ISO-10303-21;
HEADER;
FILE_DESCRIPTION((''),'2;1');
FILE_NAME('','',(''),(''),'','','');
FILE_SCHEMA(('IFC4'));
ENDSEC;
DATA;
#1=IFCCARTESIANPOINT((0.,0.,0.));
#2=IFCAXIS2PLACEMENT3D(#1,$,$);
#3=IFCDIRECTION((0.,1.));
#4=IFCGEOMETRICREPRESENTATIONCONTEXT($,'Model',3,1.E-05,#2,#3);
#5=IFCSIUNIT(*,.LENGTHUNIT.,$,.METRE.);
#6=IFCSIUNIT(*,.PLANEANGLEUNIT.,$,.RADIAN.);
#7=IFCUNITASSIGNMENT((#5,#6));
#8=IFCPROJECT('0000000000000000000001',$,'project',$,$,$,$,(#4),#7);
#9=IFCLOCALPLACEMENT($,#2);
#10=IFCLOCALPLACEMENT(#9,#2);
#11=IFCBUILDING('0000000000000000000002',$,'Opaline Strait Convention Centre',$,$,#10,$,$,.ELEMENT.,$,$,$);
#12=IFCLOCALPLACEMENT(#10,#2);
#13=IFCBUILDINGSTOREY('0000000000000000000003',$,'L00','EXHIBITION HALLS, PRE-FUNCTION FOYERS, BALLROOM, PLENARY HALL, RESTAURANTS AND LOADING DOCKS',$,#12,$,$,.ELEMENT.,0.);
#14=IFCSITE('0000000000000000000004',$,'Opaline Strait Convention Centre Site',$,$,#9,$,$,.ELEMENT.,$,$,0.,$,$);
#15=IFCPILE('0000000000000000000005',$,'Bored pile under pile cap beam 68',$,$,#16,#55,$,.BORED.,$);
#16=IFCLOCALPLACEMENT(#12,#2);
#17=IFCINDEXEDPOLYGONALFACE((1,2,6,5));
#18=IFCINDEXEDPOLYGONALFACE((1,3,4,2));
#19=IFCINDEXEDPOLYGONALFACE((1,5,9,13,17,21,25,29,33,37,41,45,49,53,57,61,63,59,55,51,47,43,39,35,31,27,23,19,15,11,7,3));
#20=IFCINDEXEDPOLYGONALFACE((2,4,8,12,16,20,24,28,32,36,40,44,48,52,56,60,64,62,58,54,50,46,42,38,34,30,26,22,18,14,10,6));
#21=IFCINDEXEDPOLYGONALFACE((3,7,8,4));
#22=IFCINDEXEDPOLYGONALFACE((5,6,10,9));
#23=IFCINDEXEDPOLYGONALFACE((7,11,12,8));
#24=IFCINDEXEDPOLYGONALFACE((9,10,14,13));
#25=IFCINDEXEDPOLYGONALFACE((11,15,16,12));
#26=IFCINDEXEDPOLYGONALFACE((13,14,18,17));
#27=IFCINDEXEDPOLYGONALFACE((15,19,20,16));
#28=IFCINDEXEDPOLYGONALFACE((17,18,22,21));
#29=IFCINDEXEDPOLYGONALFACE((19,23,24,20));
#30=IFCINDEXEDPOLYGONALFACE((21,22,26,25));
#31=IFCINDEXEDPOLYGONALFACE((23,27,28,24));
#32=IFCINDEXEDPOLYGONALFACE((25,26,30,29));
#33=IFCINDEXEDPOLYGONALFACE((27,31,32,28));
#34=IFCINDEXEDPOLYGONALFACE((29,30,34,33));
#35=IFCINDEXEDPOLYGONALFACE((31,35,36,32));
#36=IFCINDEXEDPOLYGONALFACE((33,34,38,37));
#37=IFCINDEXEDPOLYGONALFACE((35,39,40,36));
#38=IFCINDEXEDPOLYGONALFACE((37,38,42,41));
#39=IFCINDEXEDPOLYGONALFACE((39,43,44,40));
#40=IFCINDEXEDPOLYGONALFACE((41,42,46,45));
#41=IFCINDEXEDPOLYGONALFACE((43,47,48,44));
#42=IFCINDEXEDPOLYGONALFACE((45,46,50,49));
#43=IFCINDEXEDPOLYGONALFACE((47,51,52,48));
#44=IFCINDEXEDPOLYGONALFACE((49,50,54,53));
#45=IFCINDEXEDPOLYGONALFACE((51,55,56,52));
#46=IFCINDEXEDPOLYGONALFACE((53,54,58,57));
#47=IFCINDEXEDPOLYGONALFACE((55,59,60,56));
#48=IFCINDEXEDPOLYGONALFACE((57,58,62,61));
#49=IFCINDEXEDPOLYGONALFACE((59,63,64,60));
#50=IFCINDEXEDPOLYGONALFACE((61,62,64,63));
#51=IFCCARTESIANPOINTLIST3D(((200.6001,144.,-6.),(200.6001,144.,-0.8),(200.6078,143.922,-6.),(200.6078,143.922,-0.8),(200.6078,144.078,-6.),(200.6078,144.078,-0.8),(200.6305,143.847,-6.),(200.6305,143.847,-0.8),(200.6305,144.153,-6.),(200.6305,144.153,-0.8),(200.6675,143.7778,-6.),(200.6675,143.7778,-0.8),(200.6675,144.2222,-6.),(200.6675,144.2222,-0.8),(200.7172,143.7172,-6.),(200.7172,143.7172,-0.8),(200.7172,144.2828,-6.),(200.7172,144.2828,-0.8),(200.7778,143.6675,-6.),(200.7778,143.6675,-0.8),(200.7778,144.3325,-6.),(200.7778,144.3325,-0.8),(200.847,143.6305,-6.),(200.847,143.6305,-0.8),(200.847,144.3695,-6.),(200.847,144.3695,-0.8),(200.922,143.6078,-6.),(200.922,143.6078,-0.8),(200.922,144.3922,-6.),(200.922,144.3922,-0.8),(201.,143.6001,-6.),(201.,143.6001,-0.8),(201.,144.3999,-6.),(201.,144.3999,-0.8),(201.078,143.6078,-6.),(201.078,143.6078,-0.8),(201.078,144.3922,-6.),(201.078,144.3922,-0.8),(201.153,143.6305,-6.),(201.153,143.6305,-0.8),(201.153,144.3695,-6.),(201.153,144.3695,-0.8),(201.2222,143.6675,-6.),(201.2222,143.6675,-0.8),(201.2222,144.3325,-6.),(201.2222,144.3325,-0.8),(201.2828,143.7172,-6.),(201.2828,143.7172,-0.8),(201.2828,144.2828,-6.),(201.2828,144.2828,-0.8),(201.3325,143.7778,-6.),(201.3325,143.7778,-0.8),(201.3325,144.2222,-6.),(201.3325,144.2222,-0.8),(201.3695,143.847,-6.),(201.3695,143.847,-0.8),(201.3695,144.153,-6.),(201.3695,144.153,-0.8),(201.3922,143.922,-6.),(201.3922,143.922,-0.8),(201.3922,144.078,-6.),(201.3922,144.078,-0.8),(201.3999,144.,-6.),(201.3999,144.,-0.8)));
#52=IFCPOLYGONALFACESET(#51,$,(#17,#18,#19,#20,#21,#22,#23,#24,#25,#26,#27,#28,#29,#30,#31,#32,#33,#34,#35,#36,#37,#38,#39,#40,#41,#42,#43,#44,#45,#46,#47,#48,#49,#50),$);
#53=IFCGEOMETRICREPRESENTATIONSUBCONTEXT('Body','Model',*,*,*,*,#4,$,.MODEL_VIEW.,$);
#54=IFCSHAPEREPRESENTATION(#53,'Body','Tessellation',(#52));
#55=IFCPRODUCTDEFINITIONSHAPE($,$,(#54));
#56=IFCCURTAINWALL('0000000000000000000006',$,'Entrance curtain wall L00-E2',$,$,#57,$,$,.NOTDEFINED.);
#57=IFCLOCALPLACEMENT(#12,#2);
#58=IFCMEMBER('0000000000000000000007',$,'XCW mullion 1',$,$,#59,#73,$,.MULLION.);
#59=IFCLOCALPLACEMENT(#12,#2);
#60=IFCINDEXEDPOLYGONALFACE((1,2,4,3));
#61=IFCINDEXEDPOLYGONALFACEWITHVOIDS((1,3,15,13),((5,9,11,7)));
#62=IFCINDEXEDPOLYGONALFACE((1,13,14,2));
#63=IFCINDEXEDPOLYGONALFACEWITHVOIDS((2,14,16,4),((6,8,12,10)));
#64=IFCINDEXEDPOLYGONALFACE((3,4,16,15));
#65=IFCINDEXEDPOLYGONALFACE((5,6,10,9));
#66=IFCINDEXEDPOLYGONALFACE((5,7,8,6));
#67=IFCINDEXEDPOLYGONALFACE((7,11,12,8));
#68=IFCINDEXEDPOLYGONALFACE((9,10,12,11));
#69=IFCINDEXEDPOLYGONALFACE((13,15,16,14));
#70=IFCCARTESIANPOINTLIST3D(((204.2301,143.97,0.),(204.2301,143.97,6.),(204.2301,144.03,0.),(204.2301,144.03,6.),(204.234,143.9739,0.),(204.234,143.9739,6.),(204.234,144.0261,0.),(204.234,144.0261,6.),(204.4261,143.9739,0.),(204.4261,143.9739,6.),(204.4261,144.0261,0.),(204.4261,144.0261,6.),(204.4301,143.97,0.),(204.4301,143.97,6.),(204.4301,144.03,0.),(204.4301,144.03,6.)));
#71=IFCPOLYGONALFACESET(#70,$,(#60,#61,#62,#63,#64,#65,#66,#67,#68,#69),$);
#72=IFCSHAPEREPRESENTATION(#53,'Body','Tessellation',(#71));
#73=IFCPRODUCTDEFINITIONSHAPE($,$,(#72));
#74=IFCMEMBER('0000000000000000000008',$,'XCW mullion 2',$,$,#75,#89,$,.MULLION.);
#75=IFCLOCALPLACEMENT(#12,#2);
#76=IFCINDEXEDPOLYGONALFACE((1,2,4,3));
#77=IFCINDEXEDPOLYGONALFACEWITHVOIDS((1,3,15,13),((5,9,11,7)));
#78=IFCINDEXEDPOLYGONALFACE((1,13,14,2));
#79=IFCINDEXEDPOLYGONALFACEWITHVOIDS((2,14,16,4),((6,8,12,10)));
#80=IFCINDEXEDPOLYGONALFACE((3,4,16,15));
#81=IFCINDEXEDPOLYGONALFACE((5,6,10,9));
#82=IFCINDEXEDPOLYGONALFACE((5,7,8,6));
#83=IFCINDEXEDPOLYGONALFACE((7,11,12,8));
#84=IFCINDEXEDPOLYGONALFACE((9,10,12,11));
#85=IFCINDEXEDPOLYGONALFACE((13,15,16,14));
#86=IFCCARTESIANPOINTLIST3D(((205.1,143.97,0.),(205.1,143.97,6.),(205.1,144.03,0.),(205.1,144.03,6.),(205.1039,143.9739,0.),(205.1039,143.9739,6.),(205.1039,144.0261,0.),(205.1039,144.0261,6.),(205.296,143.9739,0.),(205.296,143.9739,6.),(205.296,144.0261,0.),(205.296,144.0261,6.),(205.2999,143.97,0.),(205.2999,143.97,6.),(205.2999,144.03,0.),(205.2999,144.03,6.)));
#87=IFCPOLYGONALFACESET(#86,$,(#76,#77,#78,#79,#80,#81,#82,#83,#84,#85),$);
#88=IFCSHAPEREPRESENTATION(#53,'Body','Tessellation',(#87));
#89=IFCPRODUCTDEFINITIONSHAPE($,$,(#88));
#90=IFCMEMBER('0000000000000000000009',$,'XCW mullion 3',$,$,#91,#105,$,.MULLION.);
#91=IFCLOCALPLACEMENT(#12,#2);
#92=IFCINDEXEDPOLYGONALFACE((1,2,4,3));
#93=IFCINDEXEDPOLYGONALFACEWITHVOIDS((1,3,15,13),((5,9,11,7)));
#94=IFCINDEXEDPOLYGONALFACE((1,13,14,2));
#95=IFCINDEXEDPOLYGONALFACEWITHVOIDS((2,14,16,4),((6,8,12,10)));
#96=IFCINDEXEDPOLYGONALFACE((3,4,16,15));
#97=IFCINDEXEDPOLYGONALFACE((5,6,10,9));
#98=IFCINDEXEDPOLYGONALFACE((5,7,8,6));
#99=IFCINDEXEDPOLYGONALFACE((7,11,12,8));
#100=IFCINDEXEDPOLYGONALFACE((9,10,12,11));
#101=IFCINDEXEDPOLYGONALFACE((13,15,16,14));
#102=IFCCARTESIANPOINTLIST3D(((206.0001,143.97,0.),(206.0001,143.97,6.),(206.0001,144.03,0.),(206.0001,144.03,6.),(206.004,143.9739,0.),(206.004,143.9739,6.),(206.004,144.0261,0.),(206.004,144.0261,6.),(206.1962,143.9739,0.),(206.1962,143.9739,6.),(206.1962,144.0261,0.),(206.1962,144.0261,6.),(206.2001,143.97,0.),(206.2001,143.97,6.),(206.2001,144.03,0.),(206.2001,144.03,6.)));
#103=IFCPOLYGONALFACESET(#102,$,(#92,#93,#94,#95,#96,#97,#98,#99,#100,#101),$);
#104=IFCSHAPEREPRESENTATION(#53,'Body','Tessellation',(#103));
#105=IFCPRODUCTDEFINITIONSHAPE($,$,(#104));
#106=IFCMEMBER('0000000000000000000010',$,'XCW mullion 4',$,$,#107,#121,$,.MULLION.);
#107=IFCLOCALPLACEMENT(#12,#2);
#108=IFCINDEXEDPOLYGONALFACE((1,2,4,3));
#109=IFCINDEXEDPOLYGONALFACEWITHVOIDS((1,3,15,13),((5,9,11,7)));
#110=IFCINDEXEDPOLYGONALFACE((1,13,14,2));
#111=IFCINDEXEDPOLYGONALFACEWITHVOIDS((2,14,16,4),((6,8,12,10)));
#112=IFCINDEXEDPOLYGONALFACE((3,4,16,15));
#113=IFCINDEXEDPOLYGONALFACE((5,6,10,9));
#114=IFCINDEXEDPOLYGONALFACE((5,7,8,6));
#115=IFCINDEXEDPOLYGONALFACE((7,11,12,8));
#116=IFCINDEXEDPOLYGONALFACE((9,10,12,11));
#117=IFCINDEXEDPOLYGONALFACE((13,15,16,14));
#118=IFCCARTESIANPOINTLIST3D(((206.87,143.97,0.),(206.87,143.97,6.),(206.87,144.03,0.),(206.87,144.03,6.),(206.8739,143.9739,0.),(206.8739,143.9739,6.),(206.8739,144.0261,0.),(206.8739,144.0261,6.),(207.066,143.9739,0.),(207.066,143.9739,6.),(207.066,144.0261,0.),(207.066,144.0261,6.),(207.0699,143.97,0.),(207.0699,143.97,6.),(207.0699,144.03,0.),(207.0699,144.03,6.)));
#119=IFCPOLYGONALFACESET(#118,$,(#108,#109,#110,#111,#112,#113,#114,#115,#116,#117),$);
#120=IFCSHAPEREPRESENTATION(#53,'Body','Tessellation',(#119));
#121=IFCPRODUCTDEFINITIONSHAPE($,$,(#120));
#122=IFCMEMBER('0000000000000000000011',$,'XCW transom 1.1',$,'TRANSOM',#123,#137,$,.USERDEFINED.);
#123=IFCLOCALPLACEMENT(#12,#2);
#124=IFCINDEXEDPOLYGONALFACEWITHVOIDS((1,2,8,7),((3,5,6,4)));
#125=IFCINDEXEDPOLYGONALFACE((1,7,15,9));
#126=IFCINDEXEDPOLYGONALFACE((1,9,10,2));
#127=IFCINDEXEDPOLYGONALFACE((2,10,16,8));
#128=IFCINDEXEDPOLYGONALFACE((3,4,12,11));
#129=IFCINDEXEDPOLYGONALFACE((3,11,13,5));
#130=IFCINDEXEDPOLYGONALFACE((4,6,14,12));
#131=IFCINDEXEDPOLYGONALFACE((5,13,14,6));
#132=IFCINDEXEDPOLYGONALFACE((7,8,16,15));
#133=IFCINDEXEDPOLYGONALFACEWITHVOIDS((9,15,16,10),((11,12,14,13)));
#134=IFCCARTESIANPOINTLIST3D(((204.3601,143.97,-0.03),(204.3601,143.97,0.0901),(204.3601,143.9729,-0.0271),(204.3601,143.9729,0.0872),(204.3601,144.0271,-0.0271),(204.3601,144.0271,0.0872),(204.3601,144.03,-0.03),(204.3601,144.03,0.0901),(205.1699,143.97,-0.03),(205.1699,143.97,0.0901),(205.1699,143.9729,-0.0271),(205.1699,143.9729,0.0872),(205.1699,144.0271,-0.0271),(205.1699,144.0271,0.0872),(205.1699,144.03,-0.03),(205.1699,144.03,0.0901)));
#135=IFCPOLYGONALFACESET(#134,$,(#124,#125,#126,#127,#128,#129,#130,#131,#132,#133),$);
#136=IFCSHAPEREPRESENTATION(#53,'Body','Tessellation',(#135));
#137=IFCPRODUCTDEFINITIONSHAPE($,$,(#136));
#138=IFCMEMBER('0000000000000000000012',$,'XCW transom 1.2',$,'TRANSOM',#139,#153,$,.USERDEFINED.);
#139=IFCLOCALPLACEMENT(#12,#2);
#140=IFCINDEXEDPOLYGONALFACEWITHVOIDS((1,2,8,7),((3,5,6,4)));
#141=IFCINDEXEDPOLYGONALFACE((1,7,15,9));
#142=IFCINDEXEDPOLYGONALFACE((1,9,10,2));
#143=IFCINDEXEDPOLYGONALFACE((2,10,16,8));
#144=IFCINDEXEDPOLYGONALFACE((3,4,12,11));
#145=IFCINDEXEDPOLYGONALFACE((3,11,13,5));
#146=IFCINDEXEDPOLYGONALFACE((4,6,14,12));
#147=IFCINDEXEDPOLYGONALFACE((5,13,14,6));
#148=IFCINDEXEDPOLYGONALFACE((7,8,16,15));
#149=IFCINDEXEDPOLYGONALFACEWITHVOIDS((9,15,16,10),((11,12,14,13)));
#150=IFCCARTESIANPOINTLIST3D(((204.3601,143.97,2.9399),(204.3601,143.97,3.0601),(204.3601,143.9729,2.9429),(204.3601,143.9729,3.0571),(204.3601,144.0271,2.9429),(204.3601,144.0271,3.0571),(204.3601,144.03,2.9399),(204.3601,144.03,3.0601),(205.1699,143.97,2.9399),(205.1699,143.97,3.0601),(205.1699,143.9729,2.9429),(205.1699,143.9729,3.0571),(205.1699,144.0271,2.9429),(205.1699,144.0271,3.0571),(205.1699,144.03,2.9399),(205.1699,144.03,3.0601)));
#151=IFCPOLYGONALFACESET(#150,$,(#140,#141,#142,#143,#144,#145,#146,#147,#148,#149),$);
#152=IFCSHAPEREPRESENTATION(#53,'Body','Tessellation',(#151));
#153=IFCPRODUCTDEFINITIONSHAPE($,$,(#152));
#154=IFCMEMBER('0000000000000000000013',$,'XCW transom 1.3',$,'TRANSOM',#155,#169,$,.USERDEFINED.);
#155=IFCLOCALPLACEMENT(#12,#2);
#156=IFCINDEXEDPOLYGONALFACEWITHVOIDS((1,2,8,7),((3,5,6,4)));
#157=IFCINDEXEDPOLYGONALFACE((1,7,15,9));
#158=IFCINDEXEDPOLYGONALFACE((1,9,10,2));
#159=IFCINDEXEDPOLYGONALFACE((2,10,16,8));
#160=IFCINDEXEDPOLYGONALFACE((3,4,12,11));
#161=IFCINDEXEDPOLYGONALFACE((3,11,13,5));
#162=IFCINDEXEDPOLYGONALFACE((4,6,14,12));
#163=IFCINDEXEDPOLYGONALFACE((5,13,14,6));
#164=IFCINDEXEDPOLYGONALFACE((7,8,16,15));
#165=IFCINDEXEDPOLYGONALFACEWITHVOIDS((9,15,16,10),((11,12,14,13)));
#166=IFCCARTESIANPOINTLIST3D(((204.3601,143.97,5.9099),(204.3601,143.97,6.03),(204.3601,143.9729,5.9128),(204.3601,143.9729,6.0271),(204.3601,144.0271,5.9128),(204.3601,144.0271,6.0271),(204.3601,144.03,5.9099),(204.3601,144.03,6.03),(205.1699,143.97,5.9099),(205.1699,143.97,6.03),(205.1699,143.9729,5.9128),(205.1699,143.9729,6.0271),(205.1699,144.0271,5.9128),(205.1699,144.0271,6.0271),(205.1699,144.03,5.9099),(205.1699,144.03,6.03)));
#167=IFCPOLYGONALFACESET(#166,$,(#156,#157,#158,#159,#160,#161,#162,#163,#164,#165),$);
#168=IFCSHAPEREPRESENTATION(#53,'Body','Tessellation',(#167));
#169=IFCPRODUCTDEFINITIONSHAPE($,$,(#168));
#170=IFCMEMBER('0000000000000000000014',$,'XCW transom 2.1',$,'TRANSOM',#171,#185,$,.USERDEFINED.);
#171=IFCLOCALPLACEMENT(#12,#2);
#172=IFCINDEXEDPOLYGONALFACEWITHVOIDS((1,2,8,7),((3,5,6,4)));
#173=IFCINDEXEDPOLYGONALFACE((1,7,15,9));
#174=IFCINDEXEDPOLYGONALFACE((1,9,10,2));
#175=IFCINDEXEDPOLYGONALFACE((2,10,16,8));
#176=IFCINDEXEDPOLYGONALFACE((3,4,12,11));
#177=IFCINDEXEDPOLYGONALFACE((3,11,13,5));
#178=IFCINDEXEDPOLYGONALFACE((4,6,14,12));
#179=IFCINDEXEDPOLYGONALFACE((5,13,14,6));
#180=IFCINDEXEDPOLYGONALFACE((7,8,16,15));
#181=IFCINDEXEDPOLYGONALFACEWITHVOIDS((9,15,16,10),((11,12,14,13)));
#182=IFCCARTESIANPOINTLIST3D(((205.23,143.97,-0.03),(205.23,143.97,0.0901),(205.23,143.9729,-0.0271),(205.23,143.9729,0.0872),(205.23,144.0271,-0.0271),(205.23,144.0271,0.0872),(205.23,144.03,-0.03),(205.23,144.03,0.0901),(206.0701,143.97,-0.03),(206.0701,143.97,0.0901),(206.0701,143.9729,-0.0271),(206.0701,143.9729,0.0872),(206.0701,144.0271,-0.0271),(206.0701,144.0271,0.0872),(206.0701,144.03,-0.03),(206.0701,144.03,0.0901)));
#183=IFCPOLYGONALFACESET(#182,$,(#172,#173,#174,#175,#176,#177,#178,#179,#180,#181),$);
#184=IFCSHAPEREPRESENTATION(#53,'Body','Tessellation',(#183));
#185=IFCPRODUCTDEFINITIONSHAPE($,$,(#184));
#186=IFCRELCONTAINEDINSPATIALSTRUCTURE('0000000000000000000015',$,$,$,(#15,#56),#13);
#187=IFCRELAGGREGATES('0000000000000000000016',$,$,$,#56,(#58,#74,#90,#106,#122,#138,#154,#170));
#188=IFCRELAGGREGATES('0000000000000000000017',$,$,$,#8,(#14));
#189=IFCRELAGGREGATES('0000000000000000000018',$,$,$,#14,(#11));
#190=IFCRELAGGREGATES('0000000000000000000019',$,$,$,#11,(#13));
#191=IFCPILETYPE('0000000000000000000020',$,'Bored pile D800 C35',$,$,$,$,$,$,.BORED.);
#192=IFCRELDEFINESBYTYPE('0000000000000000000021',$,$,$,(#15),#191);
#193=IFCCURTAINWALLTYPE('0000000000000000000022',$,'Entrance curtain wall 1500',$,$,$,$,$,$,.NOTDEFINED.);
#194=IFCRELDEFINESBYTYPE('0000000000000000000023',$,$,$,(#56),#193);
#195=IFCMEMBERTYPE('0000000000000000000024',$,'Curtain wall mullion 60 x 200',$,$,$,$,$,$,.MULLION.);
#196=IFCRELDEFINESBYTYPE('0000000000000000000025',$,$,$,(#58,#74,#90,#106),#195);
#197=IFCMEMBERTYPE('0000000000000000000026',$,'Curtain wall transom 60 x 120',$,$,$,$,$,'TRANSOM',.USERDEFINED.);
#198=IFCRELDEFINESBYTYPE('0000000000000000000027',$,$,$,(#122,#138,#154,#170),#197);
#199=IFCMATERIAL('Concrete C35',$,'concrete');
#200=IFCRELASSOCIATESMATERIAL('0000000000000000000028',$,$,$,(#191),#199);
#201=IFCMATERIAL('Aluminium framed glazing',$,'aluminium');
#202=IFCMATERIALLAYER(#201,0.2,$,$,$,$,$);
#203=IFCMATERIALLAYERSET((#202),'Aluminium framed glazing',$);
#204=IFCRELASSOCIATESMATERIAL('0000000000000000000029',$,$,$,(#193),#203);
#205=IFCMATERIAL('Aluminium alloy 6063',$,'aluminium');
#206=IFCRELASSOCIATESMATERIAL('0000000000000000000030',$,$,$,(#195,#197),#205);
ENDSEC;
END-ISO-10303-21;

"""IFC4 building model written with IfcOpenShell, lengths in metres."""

from ifc_helpers import new_model, si_unit, direction, frame, origin, origin_2d, place, context, subcontext, project, spatial, hollow_rectangle, circle, extrude, material, layer, layer_set, material_profile, profile_set, type_object, element, aggregate, save


model = new_model("IFC4")

# Units and contexts
model_context = context("Model", 3, precision=1e-05, world=origin(), true_north=direction((0.0, 1.0)))
body_context = subcontext(model_context, "Body", "Model", "MODEL_VIEW")
ifc_project = project(units=[si_unit("LENGTHUNIT", "METRE"), si_unit("PLANEANGLEUNIT", "RADIAN")], contexts=[model_context])

# Site, building, storey
site_placement = place(None, origin())
site = spatial("IfcSite", under=ifc_project, at=site_placement, Name="Opaline Strait Convention Centre Site", CompositionType="ELEMENT", RefElevation=0.0)
building_placement = place(site_placement, origin())
building = spatial("IfcBuilding", under=site, at=building_placement, Name="Opaline Strait Convention Centre", CompositionType="ELEMENT")
storey_placement = place(building_placement, origin())
storey = spatial("IfcBuildingStorey", under=building, at=storey_placement, Name="L00", Description="EXHIBITION HALLS, PRE-FUNCTION FOYERS, BALLROOM, PLENARY HALL, RESTAURANTS AND LOADING DOCKS", CompositionType="ELEMENT", Elevation=0.0)

# Pile
ifc_material_1 = material(Name="Concrete C35", Category="concrete")
ifc_material_profile_1 = material_profile(ifc_material_1, circle(Radius=0.3999, at=origin_2d()), Name="D800")
ifc_profile_set_1 = profile_set([ifc_material_profile_1], Name="Concrete C35")
pile_type = type_object("IfcPileType", Name="Bored pile D800 C35", PredefinedType="BORED", material=ifc_profile_set_1)
pile_placement = place(storey_placement, frame((201.0, 144.0, -0.8), z_axis=(0.0, 0.0, -1.0), x_axis=(1.0, 0.0, 0.0)))
element("IfcPile", 1, at=pile_placement, inside=storey, type_object=pile_type, Name="Bored pile under pile cap beam 68", PredefinedType="BORED", context=body_context, shape_type="SweptSolid", body=[
    extrude(circle(Radius=0.3999, at=origin_2d()), origin(), (0.0, 0.0, 1.0), 5.2),
])

# Curtain wall, members
ifc_material_2 = material(Name="Aluminium framed glazing", Category="aluminium")
ifc_layer_1 = layer(ifc_material_2, 0.2)
ifc_layer_set_1 = layer_set([ifc_layer_1], Name="Aluminium framed glazing")
curtain_wall_type = type_object("IfcCurtainWallType", Name="Entrance curtain wall 1500", PredefinedType="NOTDEFINED", material=ifc_layer_set_1)
curtain_wall_placement = place(storey_placement, origin())
curtain_wall = element("IfcCurtainWall", 2, at=curtain_wall_placement, inside=storey, type_object=curtain_wall_type, Name="Entrance curtain wall L00-E2", PredefinedType="NOTDEFINED")
ifc_material_3 = material(Name="Aluminium alloy 6063", Category="aluminium")
ifc_material_profile_2 = material_profile(ifc_material_3, hollow_rectangle(XDim=0.0601, YDim=0.2, WallThickness=0.0039, at=origin_2d()), Name="MULLION 60x200x4")
ifc_profile_set_2 = profile_set([ifc_material_profile_2], Name="Aluminium alloy 6063")
member_type_1 = type_object("IfcMemberType", Name="Curtain wall mullion 60 x 200", PredefinedType="MULLION", material=ifc_profile_set_2)
member_1_placement = place(storey_placement, frame((204.3301, 144.0, 0.0), z_axis=(0.0, 0.0, 1.0), x_axis=(0.0, 1.0, 0.0)))
member_1 = element("IfcMember", 3, at=member_1_placement, type_object=member_type_1, Name="XCW mullion 1", PredefinedType="MULLION", context=body_context, shape_type="SweptSolid", body=[
    extrude(hollow_rectangle(XDim=0.0601, YDim=0.2, WallThickness=0.0039, at=origin_2d()), origin(), (0.0, 0.0, 1.0), 6.0),
])
member_2_placement = place(storey_placement, frame((205.2, 144.0, 0.0), z_axis=(0.0, 0.0, 1.0), x_axis=(0.0, 1.0, 0.0)))
member_2 = element("IfcMember", 4, at=member_2_placement, type_object=member_type_1, Name="XCW mullion 2", PredefinedType="MULLION", context=body_context, shape_type="SweptSolid", body=[
    extrude(hollow_rectangle(XDim=0.0601, YDim=0.2, WallThickness=0.0039, at=origin_2d()), origin(), (0.0, 0.0, 1.0), 6.0),
])
member_3_placement = place(storey_placement, frame((206.1001, 144.0, 0.0), z_axis=(0.0, 0.0, 1.0), x_axis=(0.0, 1.0, 0.0)))
member_3 = element("IfcMember", 5, at=member_3_placement, type_object=member_type_1, Name="XCW mullion 3", PredefinedType="MULLION", context=body_context, shape_type="SweptSolid", body=[
    extrude(hollow_rectangle(XDim=0.0601, YDim=0.2, WallThickness=0.0039, at=origin_2d()), origin(), (0.0, 0.0, 1.0), 6.0),
])
member_4_placement = place(storey_placement, frame((206.97, 144.0, 0.0), z_axis=(0.0, 0.0, 1.0), x_axis=(0.0, 1.0, 0.0)))
member_4 = element("IfcMember", 6, at=member_4_placement, type_object=member_type_1, Name="XCW mullion 4", PredefinedType="MULLION", context=body_context, shape_type="SweptSolid", body=[
    extrude(hollow_rectangle(XDim=0.0601, YDim=0.2, WallThickness=0.0039, at=origin_2d()), origin(), (0.0, 0.0, 1.0), 6.0),
])
ifc_material_profile_3 = material_profile(ifc_material_3, hollow_rectangle(XDim=0.0601, YDim=0.1201, WallThickness=0.0029, at=origin_2d()), Name="TRANSOM 60x120x3")
ifc_profile_set_3 = profile_set([ifc_material_profile_3], Name="Aluminium alloy 6063")
member_type_2 = type_object("IfcMemberType", Name="Curtain wall transom 60 x 120", ElementType="TRANSOM", PredefinedType="USERDEFINED", material=ifc_profile_set_3)
member_5_placement = place(storey_placement, frame((204.3601, 144.0, 0.03), z_axis=(1.0, 0.0, 0.0), x_axis=(0.0, 1.0, 0.0)))
member_5 = element("IfcMember", 7, at=member_5_placement, type_object=member_type_2, Name="XCW transom 1.1", ObjectType="TRANSOM", PredefinedType="USERDEFINED", context=body_context, shape_type="SweptSolid", body=[
    extrude(hollow_rectangle(XDim=0.0601, YDim=0.1201, WallThickness=0.0029, at=origin_2d()), origin(), (0.0, 0.0, 1.0), 0.8098),
])
member_6_placement = place(storey_placement, frame((204.3601, 144.0, 3.0), z_axis=(1.0, 0.0, 0.0), x_axis=(0.0, 1.0, 0.0)))
member_6 = element("IfcMember", 8, at=member_6_placement, type_object=member_type_2, Name="XCW transom 1.2", ObjectType="TRANSOM", PredefinedType="USERDEFINED", context=body_context, shape_type="SweptSolid", body=[
    extrude(hollow_rectangle(XDim=0.0601, YDim=0.1201, WallThickness=0.0029, at=origin_2d()), origin(), (0.0, 0.0, 1.0), 0.8098),
])
member_7_placement = place(storey_placement, frame((204.3601, 144.0, 5.97), z_axis=(1.0, 0.0, 0.0), x_axis=(0.0, 1.0, 0.0)))
member_7 = element("IfcMember", 9, at=member_7_placement, type_object=member_type_2, Name="XCW transom 1.3", ObjectType="TRANSOM", PredefinedType="USERDEFINED", context=body_context, shape_type="SweptSolid", body=[
    extrude(hollow_rectangle(XDim=0.0601, YDim=0.1201, WallThickness=0.0029, at=origin_2d()), origin(), (0.0, 0.0, 1.0), 0.8098),
])
member_8_placement = place(storey_placement, frame((205.23, 144.0, 0.03), z_axis=(1.0, 0.0, 0.0), x_axis=(0.0, 1.0, 0.0)))
member_8 = element("IfcMember", 10, at=member_8_placement, type_object=member_type_2, Name="XCW transom 2.1", ObjectType="TRANSOM", PredefinedType="USERDEFINED", context=body_context, shape_type="SweptSolid", body=[
    extrude(hollow_rectangle(XDim=0.0601, YDim=0.1201, WallThickness=0.0029, at=origin_2d()), origin(), (0.0, 0.0, 1.0), 0.8401),
])
aggregate(curtain_wall, [member_1, member_2, member_3, member_4, member_5, member_6, member_7, member_8])

save(model, "model.ifc")
